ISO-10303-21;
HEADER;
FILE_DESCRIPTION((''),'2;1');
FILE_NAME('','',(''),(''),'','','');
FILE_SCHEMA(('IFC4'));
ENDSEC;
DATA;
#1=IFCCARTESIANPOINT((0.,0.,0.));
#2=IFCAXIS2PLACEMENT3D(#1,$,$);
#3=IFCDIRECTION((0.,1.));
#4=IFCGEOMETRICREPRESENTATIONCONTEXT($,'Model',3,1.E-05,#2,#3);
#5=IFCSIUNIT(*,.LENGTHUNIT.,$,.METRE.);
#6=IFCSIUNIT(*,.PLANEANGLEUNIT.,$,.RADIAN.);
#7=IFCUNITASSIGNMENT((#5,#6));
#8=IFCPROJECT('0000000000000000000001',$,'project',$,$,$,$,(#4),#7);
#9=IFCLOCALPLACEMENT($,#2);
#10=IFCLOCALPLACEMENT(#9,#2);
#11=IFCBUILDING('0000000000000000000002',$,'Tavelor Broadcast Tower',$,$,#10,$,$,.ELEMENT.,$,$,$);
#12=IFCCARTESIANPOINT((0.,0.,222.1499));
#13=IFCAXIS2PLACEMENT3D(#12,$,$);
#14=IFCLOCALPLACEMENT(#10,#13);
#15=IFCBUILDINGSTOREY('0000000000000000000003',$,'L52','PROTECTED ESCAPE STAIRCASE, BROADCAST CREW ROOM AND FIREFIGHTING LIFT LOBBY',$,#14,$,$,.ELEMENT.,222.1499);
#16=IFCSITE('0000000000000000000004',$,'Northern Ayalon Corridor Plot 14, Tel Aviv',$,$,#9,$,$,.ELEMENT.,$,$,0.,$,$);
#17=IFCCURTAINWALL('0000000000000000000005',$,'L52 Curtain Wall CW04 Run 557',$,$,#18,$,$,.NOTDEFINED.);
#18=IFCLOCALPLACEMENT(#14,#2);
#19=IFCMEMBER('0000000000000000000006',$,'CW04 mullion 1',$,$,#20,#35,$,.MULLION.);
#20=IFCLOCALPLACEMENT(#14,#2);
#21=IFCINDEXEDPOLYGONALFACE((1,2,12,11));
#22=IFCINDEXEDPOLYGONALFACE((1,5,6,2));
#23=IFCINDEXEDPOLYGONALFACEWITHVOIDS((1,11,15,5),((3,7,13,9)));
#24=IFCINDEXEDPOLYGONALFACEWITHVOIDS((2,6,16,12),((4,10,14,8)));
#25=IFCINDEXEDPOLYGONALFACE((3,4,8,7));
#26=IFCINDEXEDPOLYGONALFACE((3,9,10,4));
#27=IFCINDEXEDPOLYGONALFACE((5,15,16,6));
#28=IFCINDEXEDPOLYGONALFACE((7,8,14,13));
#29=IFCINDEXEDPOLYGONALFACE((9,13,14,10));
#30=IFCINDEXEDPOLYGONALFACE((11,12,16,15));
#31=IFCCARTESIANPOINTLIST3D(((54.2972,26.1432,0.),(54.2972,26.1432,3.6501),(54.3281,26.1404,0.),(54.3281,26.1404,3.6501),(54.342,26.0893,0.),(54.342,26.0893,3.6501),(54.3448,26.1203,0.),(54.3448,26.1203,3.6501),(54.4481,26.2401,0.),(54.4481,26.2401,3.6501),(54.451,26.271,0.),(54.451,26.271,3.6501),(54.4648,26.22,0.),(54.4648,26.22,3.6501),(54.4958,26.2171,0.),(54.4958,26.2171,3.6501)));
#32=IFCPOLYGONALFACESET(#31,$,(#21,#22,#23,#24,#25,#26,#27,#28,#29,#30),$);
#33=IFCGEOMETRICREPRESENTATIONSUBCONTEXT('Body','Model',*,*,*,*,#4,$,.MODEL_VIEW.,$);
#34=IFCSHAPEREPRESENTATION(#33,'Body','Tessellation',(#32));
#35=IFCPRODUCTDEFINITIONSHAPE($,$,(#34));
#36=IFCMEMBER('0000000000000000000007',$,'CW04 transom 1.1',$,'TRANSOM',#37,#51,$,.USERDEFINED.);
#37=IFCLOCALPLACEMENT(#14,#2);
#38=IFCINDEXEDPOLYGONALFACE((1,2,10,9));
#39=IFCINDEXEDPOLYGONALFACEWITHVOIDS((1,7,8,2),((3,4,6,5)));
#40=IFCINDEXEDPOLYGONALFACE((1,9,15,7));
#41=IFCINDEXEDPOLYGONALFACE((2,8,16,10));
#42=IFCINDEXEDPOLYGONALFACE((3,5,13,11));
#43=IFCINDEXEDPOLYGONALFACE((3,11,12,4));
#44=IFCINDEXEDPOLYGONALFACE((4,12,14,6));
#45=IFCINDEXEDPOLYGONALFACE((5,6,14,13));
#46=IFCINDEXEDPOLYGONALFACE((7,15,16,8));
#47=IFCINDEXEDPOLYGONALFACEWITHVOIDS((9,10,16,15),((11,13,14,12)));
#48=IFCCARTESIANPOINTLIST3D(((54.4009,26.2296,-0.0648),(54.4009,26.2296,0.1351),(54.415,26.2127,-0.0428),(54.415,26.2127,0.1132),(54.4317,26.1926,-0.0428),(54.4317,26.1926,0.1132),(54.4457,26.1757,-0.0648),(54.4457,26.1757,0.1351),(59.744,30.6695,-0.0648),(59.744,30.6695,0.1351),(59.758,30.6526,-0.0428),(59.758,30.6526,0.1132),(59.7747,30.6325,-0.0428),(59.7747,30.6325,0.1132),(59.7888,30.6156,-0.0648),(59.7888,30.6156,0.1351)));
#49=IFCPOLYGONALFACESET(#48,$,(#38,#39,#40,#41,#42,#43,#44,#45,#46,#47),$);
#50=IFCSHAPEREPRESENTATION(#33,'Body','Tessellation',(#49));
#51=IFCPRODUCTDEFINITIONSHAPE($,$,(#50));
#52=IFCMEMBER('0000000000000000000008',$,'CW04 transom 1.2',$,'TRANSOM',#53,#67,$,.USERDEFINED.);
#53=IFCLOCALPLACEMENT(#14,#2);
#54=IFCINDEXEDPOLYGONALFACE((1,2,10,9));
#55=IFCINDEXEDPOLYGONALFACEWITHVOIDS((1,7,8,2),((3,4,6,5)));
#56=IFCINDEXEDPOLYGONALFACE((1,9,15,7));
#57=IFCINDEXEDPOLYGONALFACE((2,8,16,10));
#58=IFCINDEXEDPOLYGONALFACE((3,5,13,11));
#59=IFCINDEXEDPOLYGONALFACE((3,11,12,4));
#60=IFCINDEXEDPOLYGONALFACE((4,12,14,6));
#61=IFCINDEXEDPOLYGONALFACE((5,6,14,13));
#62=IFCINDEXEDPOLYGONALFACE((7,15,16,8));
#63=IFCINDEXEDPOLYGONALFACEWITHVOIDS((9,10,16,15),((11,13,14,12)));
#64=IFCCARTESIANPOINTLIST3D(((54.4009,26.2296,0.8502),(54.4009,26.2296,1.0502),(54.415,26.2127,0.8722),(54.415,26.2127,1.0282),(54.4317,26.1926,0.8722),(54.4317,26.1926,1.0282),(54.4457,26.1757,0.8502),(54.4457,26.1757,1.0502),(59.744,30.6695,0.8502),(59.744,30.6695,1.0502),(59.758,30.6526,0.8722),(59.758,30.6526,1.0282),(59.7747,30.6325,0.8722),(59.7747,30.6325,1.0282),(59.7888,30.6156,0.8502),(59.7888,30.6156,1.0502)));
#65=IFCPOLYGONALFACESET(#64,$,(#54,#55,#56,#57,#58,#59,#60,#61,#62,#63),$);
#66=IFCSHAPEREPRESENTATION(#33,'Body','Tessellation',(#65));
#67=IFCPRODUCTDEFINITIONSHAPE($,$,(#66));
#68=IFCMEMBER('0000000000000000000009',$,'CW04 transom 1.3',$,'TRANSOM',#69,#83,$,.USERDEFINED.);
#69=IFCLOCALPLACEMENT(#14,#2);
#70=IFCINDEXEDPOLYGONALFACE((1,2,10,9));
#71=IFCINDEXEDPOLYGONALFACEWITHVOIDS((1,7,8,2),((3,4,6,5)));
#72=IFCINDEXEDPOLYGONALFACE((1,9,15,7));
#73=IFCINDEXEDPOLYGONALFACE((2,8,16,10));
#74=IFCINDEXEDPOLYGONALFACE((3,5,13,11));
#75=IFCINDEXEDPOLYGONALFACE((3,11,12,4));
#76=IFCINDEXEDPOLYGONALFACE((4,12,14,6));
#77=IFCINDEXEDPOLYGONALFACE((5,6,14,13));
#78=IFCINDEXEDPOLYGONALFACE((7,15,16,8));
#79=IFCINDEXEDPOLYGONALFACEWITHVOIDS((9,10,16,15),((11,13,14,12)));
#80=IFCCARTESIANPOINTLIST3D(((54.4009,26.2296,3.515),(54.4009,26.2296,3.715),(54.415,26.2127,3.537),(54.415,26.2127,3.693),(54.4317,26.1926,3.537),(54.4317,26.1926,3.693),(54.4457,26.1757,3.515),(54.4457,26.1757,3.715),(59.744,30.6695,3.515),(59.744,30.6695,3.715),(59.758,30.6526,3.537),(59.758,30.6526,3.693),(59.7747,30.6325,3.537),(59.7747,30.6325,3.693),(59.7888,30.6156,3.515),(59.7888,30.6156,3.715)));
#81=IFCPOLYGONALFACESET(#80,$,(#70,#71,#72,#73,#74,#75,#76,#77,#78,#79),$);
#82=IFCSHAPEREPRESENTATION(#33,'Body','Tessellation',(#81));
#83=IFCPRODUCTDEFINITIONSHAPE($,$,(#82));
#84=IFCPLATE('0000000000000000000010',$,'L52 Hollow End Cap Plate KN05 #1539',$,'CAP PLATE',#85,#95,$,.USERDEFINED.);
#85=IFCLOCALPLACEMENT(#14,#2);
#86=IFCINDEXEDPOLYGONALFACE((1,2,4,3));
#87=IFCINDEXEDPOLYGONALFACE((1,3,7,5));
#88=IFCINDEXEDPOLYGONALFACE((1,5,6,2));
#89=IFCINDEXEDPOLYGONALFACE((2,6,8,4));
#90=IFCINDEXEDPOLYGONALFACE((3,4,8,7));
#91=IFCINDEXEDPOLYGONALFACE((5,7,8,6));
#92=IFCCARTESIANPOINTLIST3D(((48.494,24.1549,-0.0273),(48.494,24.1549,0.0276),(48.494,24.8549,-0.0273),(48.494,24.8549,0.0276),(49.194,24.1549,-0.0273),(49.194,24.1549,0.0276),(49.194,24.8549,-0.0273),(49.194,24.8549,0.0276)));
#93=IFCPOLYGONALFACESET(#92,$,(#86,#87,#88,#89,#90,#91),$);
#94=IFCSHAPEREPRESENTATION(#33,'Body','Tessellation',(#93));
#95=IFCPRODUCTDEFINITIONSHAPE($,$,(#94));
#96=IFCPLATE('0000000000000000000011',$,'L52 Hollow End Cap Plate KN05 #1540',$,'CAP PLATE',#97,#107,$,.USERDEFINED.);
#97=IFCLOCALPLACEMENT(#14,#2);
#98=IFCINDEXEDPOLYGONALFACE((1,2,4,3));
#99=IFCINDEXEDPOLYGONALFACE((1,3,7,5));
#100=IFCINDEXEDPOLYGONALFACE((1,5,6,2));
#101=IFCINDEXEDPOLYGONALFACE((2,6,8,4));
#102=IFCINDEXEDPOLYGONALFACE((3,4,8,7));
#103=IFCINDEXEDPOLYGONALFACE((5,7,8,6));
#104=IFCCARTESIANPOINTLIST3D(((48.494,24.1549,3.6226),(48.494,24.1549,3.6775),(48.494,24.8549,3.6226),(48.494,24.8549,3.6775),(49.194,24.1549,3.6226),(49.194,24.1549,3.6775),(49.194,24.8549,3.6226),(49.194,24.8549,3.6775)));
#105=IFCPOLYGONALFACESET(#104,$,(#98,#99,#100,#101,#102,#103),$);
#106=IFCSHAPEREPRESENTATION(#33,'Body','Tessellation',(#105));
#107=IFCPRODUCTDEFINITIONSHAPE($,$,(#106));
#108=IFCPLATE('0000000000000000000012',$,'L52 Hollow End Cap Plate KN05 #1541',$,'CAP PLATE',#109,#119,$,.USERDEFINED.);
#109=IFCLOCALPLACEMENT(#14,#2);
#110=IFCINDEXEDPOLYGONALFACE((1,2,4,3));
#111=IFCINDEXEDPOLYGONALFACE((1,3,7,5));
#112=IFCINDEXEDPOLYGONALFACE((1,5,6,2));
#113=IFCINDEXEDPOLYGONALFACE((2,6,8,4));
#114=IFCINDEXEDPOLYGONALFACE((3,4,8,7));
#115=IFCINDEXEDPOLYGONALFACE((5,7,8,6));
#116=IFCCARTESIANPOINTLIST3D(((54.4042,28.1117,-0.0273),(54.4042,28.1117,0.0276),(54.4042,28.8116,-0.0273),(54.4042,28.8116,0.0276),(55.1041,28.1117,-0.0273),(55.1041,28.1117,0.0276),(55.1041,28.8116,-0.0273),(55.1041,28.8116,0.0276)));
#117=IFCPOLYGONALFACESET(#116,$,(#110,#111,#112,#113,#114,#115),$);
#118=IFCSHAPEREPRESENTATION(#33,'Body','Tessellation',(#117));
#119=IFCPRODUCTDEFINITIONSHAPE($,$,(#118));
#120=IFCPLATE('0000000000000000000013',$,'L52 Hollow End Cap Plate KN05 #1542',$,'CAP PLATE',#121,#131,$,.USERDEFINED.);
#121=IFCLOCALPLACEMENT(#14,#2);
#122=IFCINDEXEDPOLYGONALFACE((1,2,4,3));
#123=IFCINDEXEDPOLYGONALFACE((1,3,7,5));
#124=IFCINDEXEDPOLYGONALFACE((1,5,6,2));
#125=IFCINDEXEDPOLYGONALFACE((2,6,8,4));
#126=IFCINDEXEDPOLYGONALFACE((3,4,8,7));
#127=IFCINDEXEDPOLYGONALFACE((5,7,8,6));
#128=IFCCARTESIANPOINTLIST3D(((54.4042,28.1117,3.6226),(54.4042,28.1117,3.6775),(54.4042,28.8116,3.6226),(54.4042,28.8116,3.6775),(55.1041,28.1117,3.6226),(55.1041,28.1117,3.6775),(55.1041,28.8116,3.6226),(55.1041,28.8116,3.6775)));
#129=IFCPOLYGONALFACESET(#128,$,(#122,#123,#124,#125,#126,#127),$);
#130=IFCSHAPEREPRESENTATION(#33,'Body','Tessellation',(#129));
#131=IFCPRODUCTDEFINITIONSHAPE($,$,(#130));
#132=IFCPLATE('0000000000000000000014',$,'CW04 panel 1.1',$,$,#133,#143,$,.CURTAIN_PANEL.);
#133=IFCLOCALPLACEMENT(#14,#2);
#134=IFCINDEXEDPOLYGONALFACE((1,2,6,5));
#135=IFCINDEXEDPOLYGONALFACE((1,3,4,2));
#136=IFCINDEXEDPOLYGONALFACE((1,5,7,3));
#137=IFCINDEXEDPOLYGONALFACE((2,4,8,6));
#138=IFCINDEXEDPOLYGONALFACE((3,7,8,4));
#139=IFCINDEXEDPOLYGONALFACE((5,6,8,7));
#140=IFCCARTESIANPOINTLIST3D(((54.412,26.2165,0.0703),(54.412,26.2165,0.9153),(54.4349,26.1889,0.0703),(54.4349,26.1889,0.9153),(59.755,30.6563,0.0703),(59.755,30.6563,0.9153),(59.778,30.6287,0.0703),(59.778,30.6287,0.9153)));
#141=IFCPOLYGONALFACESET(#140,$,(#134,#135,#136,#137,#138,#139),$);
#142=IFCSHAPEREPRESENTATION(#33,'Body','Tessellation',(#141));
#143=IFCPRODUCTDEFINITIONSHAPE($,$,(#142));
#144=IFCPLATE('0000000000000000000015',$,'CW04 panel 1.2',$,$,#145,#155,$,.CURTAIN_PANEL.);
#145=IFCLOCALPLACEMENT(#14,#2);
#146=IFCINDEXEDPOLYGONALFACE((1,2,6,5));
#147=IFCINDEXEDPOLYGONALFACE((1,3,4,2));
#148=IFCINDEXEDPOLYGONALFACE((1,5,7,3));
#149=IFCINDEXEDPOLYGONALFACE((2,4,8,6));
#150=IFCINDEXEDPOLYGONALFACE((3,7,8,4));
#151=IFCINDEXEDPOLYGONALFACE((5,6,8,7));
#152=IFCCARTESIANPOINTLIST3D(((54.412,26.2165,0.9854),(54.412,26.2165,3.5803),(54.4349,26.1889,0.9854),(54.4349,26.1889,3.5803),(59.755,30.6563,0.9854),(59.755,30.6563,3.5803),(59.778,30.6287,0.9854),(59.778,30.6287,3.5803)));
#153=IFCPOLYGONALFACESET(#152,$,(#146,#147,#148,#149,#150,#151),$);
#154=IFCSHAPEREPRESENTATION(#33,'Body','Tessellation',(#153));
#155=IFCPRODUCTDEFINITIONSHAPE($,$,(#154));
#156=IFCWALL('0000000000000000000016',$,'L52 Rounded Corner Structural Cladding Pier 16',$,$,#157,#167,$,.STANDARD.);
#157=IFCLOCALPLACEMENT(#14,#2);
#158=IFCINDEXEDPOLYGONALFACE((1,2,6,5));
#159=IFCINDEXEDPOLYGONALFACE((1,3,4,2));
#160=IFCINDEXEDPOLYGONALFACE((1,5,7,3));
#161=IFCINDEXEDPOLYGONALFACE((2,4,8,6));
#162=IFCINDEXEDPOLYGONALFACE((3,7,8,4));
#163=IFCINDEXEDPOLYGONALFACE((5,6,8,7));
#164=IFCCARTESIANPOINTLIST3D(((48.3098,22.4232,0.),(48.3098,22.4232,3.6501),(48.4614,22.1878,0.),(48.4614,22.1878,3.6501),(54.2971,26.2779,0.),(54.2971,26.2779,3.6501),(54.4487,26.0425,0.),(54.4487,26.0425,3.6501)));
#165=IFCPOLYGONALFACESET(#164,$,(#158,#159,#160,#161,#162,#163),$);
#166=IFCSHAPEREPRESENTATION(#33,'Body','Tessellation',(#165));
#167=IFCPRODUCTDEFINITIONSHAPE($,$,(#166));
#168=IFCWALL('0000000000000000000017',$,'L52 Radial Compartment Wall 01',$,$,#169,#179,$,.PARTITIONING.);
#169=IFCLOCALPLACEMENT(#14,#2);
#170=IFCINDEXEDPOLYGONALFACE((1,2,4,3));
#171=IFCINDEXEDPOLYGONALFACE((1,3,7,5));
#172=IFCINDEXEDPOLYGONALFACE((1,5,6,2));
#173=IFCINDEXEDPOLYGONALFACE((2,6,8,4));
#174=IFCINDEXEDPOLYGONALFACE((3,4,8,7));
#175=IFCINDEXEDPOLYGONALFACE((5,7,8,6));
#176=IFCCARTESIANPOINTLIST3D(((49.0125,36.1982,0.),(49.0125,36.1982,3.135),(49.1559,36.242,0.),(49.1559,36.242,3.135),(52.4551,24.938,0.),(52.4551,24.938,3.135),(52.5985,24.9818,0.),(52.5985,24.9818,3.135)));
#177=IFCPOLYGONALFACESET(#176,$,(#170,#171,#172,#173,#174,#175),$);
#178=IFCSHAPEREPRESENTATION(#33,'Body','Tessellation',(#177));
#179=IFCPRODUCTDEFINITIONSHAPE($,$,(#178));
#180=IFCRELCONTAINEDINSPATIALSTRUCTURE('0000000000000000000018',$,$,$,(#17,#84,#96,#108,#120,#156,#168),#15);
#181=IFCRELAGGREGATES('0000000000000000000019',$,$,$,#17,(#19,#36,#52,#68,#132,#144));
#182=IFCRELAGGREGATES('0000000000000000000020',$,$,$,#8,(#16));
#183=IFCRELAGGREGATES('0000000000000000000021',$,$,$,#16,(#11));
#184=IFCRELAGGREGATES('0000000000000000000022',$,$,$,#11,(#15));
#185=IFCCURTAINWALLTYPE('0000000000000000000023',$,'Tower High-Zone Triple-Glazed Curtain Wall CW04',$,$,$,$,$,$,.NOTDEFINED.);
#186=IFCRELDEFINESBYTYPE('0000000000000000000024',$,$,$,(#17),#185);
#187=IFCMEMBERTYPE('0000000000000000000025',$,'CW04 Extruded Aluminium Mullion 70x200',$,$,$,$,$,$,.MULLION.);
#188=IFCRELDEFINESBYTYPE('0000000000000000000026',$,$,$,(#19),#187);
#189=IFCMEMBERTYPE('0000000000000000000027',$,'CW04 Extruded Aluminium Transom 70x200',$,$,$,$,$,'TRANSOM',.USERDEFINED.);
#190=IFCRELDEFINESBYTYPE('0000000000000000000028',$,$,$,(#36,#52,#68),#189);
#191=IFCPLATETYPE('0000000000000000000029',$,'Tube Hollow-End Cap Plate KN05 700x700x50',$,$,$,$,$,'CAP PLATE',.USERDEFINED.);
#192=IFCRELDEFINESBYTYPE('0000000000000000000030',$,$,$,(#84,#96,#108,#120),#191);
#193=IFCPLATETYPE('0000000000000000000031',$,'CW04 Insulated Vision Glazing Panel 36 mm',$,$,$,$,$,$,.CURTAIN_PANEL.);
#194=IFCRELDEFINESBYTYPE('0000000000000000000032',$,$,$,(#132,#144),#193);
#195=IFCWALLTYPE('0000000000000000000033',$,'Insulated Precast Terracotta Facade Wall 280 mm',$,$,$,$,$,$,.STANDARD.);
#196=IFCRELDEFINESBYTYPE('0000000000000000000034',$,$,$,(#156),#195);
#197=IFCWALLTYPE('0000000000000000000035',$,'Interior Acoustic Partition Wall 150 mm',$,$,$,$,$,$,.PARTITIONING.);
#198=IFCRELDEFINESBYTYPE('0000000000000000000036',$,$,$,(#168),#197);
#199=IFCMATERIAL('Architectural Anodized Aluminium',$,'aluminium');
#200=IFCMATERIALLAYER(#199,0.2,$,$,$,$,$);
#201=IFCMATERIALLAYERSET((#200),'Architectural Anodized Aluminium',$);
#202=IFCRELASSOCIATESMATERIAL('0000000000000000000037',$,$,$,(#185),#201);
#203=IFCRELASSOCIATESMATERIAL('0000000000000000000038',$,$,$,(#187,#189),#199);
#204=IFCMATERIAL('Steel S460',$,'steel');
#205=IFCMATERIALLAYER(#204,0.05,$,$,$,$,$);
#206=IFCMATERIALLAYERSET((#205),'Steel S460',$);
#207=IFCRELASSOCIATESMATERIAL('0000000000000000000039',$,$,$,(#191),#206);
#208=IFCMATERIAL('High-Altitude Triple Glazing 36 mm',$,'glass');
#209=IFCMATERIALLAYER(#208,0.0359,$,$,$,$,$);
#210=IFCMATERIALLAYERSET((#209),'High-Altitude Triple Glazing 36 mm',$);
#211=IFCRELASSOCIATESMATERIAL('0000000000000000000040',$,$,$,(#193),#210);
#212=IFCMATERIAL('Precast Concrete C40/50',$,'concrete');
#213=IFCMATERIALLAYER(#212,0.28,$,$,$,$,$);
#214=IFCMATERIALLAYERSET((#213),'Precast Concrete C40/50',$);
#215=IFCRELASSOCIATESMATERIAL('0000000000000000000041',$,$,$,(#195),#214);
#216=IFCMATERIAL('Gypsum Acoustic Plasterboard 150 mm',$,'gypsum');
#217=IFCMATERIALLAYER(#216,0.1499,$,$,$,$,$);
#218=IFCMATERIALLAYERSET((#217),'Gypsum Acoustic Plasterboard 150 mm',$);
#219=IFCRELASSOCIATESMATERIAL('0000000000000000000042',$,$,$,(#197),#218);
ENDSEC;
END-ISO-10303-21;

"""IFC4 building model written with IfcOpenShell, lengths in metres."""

from ifc_helpers import new_model, si_unit, direction, frame, frame_2d, origin, origin_2d, place, context, subcontext, project, spatial, rectangle, hollow_rectangle, extrude, source, transform, mapped, material, layer, layer_set, material_profile, profile_set, type_object, type_shapes, element, aggregate, save


model = new_model("IFC4")

# Units and contexts
model_context = context("Model", 3, precision=1e-05, world=origin(), true_north=direction((0.0, 1.0)))
body_context = subcontext(model_context, "Body", "Model", "MODEL_VIEW")
ifc_project = project(units=[si_unit("LENGTHUNIT", "METRE"), si_unit("PLANEANGLEUNIT", "RADIAN")], contexts=[model_context])

# Site, building, storey
site_placement = place(None, origin())
site = spatial("IfcSite", under=ifc_project, at=site_placement, Name="Northern Ayalon Corridor Plot 14, Tel Aviv", CompositionType="ELEMENT", RefElevation=0.0)
building_placement = place(site_placement, origin())
building = spatial("IfcBuilding", under=site, at=building_placement, Name="Tavelor Broadcast Tower", CompositionType="ELEMENT")
storey_placement = place(building_placement, frame((0.0, 0.0, 222.1499)))
storey = spatial("IfcBuildingStorey", under=building, at=storey_placement, Name="L52", Description="PROTECTED ESCAPE STAIRCASE, BROADCAST CREW ROOM AND FIREFIGHTING LIFT LOBBY", CompositionType="ELEMENT", Elevation=222.1499)

# Shared definitions
ifc_material_1 = material(Name="Steel S460", Category="steel")

# Curtain wall, members
ifc_material_2 = material(Name="Architectural Anodized Aluminium", Category="aluminium")
ifc_layer_1 = layer(ifc_material_2, 0.2)
ifc_layer_set_1 = layer_set([ifc_layer_1], Name="Architectural Anodized Aluminium")
curtain_wall_type = type_object("IfcCurtainWallType", Name="Tower High-Zone Triple-Glazed Curtain Wall CW04", PredefinedType="NOTDEFINED", material=ifc_layer_set_1)
curtain_wall_placement = place(storey_placement, origin())
curtain_wall = element("IfcCurtainWall", 1, at=curtain_wall_placement, inside=storey, type_object=curtain_wall_type, Name="L52 Curtain Wall CW04 Run 557", PredefinedType="NOTDEFINED")
ifc_material_profile_1 = material_profile(ifc_material_2, hollow_rectangle(XDim=0.0701, YDim=0.2, WallThickness=0.022, at=origin_2d()), Name="RHS 70x200x22")
ifc_profile_set_1 = profile_set([ifc_material_profile_1], Name="Architectural Anodized Aluminium")
member_type_1 = type_object("IfcMemberType", Name="CW04 Extruded Aluminium Mullion 70x200", PredefinedType="MULLION", material=ifc_profile_set_1)
shared_shape_1 = source(origin(), body_context, "Body", "SweptSolid", [
    extrude(hollow_rectangle(XDim=0.0701, YDim=0.2, WallThickness=0.022, at=origin_2d()), origin(), (0.0, 0.0, 1.0), 3.6501),
])
type_shapes(member_type_1, [shared_shape_1])
member_1_placement = place(storey_placement, frame((54.3965, 26.1802, 0.0), z_axis=(0.0, 0.0, 1.0), x_axis=(-0.639105, 0.769119, 0.0)))
member_1 = element("IfcMember", 2, at=member_1_placement, type_object=member_type_1, Name="CW04 mullion 1", PredefinedType="MULLION", context=body_context, shape_type="MappedRepresentation", body=[
    mapped(shared_shape_1, transform((0.0, 0.0, 0.0), scale=1.0)),
])
ifc_material_profile_2 = material_profile(ifc_material_2, hollow_rectangle(XDim=0.0701, YDim=0.2, WallThickness=0.022, at=origin_2d()), Name="RHS 70x200x22")
ifc_profile_set_2 = profile_set([ifc_material_profile_2], Name="Architectural Anodized Aluminium")
member_type_2 = type_object("IfcMemberType", Name="CW04 Extruded Aluminium Transom 70x200", ElementType="TRANSOM", PredefinedType="USERDEFINED", material=ifc_profile_set_2)
shared_shape_2 = source(origin(), body_context, "Body", "SweptSolid", [
    extrude(hollow_rectangle(XDim=0.0701, YDim=0.2, WallThickness=0.022, at=origin_2d()), origin(), (0.0, 0.0, 1.0), 6.947),
])
type_shapes(member_type_2, [shared_shape_2])
member_2_placement = place(storey_placement, frame((54.4233, 26.2026, 0.0352), z_axis=(0.769111, 0.639116, 0.0), x_axis=(-0.639116, 0.769111, 0.0)))
member_2 = element("IfcMember", 3, at=member_2_placement, type_object=member_type_2, Name="CW04 transom 1.1", ObjectType="TRANSOM", PredefinedType="USERDEFINED", context=body_context, shape_type="MappedRepresentation", body=[
    mapped(shared_shape_2, transform((0.0, 0.0, 0.0), scale=1.0)),
])
member_3_placement = place(storey_placement, frame((54.4233, 26.2026, 0.9502), z_axis=(0.769111, 0.639116, 0.0), x_axis=(-0.639116, 0.769111, 0.0)))
member_3 = element("IfcMember", 4, at=member_3_placement, type_object=member_type_2, Name="CW04 transom 1.2", ObjectType="TRANSOM", PredefinedType="USERDEFINED", context=body_context, shape_type="MappedRepresentation", body=[
    mapped(shared_shape_2, transform((0.0, 0.0, 0.0), scale=1.0)),
])
member_4_placement = place(storey_placement, frame((54.4233, 26.2026, 3.615), z_axis=(0.769111, 0.639116, 0.0), x_axis=(-0.639116, 0.769111, 0.0)))
member_4 = element("IfcMember", 5, at=member_4_placement, type_object=member_type_2, Name="CW04 transom 1.3", ObjectType="TRANSOM", PredefinedType="USERDEFINED", context=body_context, shape_type="MappedRepresentation", body=[
    mapped(shared_shape_2, transform((0.0, 0.0, 0.0), scale=1.0)),
])

# Plates
ifc_layer_2 = layer(ifc_material_1, 0.05)
ifc_layer_set_2 = layer_set([ifc_layer_2], Name="Steel S460")
plate_type_1 = type_object("IfcPlateType", Name="Tube Hollow-End Cap Plate KN05 700x700x50", ElementType="CAP PLATE", PredefinedType="USERDEFINED", material=ifc_layer_set_2)
shared_shape_3 = source(origin(), body_context, "Body", "SweptSolid", [
    extrude(rectangle(XDim=0.7, YDim=0.7, at=origin_2d()), origin(), (0.0, 0.0, 1.0), 0.0549),
])
type_shapes(plate_type_1, [shared_shape_3])
for number, where, z_axis, x_axis, name in (
    (6, (48.844, 24.5049, -0.0273), (0.0, 0.0, 1.0), (1.0, 0.0, 0.0), "L52 Hollow End Cap Plate KN05 #1539"),
    (7, (48.844, 24.5049, 3.6226), (0.0, 0.0, 1.0), (1.0, 0.0, 0.0), "L52 Hollow End Cap Plate KN05 #1540"),
    (8, (54.7542, 28.4617, -0.0273), (0.0, 0.0, 1.0), (1.0, 0.0, 0.0), "L52 Hollow End Cap Plate KN05 #1541"),
    (9, (54.7542, 28.4617, 3.6226), (0.0, 0.0, 1.0), (1.0, 0.0, 0.0), "L52 Hollow End Cap Plate KN05 #1542"),
):
    element("IfcPlate", number, at=place(storey_placement, frame(where, z_axis=z_axis, x_axis=x_axis)), inside=storey, type_object=plate_type_1, Name=name, ObjectType="CAP PLATE", PredefinedType="USERDEFINED", context=body_context, shape_type="MappedRepresentation", body=[
        mapped(shared_shape_3, transform((0.0, 0.0, 0.0), scale=1.0)),
    ])

# Plates
ifc_material_3 = material(Name="High-Altitude Triple Glazing 36 mm", Category="glass")
ifc_layer_3 = layer(ifc_material_3, 0.0359)
ifc_layer_set_3 = layer_set([ifc_layer_3], Name="High-Altitude Triple Glazing 36 mm")
plate_type_2 = type_object("IfcPlateType", Name="CW04 Insulated Vision Glazing Panel 36 mm", PredefinedType="CURTAIN_PANEL", material=ifc_layer_set_3)
shared_shape_4 = source(origin(), body_context, "Body", "SweptSolid", [
    extrude(rectangle(XDim=6.947, YDim=0.0359, at=origin_2d()), origin(), (0.0, 0.0, 1.0), 0.845),
])
plate_1_placement = place(storey_placement, frame((57.095, 28.4226, 0.0703), z_axis=(0.0, 0.0, 1.0), x_axis=(0.769119, 0.639105, 0.0)))
plate_1 = element("IfcPlate", 10, at=plate_1_placement, type_object=plate_type_2, Name="CW04 panel 1.1", PredefinedType="CURTAIN_PANEL", context=body_context, shape_type="MappedRepresentation", body=[
    mapped(shared_shape_4, transform((0.0, 0.0, 0.0), scale=1.0)),
])
shared_shape_5 = source(origin(), body_context, "Body", "SweptSolid", [
    extrude(rectangle(XDim=6.947, YDim=0.0359, at=origin_2d()), origin(), (0.0, 0.0, 1.0), 2.595),
])
type_shapes(plate_type_2, [shared_shape_4, shared_shape_5])
plate_2_placement = place(storey_placement, frame((57.095, 28.4226, 0.9854), z_axis=(0.0, 0.0, 1.0), x_axis=(0.769119, 0.639105, 0.0)))
plate_2 = element("IfcPlate", 11, at=plate_2_placement, type_object=plate_type_2, Name="CW04 panel 1.2", PredefinedType="CURTAIN_PANEL", context=body_context, shape_type="MappedRepresentation", body=[
    mapped(shared_shape_5, transform((0.0, 0.0, 0.0), scale=1.0)),
])
aggregate(curtain_wall, [member_1, member_2, member_3, member_4, plate_1, plate_2])

# Walls
ifc_material_4 = material(Name="Precast Concrete C40/50", Category="concrete")
ifc_layer_4 = layer(ifc_material_4, 0.28)
ifc_layer_set_4 = layer_set([ifc_layer_4], Name="Precast Concrete C40/50")
wall_type_1 = type_object("IfcWallType", Name="Insulated Precast Terracotta Facade Wall 280 mm", PredefinedType="STANDARD", material=ifc_layer_set_4)
wall_1_placement = place(storey_placement, frame((48.3855, 22.3054, 0.0), z_axis=(0.0, 0.0, 1.0), x_axis=(0.840811, 0.541329, 0.0)))
element("IfcWall", 12, at=wall_1_placement, inside=storey, type_object=wall_type_1, Name="L52 Rounded Corner Structural Cladding Pier 16", PredefinedType="STANDARD", context=body_context, shape_type="SweptSolid", body=[
    extrude(rectangle(XDim=7.1208, YDim=0.28, at=frame_2d((3.5605, 0.0))), origin(), (0.0, 0.0, 1.0), 3.6501),
])
ifc_material_5 = material(Name="Gypsum Acoustic Plasterboard 150 mm", Category="gypsum")
ifc_layer_5 = layer(ifc_material_5, 0.1499)
ifc_layer_set_5 = layer_set([ifc_layer_5], Name="Gypsum Acoustic Plasterboard 150 mm")
wall_type_2 = type_object("IfcWallType", Name="Interior Acoustic Partition Wall 150 mm", PredefinedType="PARTITIONING", material=ifc_layer_set_5)
wall_2_placement = place(storey_placement, frame((49.0842, 36.22, 0.0), z_axis=(0.0, 0.0, 1.0), x_axis=(0.292373, -0.956304, 0.0)))
element("IfcWall", 13, at=wall_2_placement, inside=storey, type_object=wall_type_2, Name="L52 Radial Compartment Wall 01", PredefinedType="PARTITIONING", context=body_context, shape_type="SweptSolid", body=[
    extrude(rectangle(XDim=11.7747, YDim=0.1499, at=frame_2d((5.8872, 0.0))), origin(), (0.0, 0.0, 1.0), 3.135),
])

save(model, "model.ifc")
